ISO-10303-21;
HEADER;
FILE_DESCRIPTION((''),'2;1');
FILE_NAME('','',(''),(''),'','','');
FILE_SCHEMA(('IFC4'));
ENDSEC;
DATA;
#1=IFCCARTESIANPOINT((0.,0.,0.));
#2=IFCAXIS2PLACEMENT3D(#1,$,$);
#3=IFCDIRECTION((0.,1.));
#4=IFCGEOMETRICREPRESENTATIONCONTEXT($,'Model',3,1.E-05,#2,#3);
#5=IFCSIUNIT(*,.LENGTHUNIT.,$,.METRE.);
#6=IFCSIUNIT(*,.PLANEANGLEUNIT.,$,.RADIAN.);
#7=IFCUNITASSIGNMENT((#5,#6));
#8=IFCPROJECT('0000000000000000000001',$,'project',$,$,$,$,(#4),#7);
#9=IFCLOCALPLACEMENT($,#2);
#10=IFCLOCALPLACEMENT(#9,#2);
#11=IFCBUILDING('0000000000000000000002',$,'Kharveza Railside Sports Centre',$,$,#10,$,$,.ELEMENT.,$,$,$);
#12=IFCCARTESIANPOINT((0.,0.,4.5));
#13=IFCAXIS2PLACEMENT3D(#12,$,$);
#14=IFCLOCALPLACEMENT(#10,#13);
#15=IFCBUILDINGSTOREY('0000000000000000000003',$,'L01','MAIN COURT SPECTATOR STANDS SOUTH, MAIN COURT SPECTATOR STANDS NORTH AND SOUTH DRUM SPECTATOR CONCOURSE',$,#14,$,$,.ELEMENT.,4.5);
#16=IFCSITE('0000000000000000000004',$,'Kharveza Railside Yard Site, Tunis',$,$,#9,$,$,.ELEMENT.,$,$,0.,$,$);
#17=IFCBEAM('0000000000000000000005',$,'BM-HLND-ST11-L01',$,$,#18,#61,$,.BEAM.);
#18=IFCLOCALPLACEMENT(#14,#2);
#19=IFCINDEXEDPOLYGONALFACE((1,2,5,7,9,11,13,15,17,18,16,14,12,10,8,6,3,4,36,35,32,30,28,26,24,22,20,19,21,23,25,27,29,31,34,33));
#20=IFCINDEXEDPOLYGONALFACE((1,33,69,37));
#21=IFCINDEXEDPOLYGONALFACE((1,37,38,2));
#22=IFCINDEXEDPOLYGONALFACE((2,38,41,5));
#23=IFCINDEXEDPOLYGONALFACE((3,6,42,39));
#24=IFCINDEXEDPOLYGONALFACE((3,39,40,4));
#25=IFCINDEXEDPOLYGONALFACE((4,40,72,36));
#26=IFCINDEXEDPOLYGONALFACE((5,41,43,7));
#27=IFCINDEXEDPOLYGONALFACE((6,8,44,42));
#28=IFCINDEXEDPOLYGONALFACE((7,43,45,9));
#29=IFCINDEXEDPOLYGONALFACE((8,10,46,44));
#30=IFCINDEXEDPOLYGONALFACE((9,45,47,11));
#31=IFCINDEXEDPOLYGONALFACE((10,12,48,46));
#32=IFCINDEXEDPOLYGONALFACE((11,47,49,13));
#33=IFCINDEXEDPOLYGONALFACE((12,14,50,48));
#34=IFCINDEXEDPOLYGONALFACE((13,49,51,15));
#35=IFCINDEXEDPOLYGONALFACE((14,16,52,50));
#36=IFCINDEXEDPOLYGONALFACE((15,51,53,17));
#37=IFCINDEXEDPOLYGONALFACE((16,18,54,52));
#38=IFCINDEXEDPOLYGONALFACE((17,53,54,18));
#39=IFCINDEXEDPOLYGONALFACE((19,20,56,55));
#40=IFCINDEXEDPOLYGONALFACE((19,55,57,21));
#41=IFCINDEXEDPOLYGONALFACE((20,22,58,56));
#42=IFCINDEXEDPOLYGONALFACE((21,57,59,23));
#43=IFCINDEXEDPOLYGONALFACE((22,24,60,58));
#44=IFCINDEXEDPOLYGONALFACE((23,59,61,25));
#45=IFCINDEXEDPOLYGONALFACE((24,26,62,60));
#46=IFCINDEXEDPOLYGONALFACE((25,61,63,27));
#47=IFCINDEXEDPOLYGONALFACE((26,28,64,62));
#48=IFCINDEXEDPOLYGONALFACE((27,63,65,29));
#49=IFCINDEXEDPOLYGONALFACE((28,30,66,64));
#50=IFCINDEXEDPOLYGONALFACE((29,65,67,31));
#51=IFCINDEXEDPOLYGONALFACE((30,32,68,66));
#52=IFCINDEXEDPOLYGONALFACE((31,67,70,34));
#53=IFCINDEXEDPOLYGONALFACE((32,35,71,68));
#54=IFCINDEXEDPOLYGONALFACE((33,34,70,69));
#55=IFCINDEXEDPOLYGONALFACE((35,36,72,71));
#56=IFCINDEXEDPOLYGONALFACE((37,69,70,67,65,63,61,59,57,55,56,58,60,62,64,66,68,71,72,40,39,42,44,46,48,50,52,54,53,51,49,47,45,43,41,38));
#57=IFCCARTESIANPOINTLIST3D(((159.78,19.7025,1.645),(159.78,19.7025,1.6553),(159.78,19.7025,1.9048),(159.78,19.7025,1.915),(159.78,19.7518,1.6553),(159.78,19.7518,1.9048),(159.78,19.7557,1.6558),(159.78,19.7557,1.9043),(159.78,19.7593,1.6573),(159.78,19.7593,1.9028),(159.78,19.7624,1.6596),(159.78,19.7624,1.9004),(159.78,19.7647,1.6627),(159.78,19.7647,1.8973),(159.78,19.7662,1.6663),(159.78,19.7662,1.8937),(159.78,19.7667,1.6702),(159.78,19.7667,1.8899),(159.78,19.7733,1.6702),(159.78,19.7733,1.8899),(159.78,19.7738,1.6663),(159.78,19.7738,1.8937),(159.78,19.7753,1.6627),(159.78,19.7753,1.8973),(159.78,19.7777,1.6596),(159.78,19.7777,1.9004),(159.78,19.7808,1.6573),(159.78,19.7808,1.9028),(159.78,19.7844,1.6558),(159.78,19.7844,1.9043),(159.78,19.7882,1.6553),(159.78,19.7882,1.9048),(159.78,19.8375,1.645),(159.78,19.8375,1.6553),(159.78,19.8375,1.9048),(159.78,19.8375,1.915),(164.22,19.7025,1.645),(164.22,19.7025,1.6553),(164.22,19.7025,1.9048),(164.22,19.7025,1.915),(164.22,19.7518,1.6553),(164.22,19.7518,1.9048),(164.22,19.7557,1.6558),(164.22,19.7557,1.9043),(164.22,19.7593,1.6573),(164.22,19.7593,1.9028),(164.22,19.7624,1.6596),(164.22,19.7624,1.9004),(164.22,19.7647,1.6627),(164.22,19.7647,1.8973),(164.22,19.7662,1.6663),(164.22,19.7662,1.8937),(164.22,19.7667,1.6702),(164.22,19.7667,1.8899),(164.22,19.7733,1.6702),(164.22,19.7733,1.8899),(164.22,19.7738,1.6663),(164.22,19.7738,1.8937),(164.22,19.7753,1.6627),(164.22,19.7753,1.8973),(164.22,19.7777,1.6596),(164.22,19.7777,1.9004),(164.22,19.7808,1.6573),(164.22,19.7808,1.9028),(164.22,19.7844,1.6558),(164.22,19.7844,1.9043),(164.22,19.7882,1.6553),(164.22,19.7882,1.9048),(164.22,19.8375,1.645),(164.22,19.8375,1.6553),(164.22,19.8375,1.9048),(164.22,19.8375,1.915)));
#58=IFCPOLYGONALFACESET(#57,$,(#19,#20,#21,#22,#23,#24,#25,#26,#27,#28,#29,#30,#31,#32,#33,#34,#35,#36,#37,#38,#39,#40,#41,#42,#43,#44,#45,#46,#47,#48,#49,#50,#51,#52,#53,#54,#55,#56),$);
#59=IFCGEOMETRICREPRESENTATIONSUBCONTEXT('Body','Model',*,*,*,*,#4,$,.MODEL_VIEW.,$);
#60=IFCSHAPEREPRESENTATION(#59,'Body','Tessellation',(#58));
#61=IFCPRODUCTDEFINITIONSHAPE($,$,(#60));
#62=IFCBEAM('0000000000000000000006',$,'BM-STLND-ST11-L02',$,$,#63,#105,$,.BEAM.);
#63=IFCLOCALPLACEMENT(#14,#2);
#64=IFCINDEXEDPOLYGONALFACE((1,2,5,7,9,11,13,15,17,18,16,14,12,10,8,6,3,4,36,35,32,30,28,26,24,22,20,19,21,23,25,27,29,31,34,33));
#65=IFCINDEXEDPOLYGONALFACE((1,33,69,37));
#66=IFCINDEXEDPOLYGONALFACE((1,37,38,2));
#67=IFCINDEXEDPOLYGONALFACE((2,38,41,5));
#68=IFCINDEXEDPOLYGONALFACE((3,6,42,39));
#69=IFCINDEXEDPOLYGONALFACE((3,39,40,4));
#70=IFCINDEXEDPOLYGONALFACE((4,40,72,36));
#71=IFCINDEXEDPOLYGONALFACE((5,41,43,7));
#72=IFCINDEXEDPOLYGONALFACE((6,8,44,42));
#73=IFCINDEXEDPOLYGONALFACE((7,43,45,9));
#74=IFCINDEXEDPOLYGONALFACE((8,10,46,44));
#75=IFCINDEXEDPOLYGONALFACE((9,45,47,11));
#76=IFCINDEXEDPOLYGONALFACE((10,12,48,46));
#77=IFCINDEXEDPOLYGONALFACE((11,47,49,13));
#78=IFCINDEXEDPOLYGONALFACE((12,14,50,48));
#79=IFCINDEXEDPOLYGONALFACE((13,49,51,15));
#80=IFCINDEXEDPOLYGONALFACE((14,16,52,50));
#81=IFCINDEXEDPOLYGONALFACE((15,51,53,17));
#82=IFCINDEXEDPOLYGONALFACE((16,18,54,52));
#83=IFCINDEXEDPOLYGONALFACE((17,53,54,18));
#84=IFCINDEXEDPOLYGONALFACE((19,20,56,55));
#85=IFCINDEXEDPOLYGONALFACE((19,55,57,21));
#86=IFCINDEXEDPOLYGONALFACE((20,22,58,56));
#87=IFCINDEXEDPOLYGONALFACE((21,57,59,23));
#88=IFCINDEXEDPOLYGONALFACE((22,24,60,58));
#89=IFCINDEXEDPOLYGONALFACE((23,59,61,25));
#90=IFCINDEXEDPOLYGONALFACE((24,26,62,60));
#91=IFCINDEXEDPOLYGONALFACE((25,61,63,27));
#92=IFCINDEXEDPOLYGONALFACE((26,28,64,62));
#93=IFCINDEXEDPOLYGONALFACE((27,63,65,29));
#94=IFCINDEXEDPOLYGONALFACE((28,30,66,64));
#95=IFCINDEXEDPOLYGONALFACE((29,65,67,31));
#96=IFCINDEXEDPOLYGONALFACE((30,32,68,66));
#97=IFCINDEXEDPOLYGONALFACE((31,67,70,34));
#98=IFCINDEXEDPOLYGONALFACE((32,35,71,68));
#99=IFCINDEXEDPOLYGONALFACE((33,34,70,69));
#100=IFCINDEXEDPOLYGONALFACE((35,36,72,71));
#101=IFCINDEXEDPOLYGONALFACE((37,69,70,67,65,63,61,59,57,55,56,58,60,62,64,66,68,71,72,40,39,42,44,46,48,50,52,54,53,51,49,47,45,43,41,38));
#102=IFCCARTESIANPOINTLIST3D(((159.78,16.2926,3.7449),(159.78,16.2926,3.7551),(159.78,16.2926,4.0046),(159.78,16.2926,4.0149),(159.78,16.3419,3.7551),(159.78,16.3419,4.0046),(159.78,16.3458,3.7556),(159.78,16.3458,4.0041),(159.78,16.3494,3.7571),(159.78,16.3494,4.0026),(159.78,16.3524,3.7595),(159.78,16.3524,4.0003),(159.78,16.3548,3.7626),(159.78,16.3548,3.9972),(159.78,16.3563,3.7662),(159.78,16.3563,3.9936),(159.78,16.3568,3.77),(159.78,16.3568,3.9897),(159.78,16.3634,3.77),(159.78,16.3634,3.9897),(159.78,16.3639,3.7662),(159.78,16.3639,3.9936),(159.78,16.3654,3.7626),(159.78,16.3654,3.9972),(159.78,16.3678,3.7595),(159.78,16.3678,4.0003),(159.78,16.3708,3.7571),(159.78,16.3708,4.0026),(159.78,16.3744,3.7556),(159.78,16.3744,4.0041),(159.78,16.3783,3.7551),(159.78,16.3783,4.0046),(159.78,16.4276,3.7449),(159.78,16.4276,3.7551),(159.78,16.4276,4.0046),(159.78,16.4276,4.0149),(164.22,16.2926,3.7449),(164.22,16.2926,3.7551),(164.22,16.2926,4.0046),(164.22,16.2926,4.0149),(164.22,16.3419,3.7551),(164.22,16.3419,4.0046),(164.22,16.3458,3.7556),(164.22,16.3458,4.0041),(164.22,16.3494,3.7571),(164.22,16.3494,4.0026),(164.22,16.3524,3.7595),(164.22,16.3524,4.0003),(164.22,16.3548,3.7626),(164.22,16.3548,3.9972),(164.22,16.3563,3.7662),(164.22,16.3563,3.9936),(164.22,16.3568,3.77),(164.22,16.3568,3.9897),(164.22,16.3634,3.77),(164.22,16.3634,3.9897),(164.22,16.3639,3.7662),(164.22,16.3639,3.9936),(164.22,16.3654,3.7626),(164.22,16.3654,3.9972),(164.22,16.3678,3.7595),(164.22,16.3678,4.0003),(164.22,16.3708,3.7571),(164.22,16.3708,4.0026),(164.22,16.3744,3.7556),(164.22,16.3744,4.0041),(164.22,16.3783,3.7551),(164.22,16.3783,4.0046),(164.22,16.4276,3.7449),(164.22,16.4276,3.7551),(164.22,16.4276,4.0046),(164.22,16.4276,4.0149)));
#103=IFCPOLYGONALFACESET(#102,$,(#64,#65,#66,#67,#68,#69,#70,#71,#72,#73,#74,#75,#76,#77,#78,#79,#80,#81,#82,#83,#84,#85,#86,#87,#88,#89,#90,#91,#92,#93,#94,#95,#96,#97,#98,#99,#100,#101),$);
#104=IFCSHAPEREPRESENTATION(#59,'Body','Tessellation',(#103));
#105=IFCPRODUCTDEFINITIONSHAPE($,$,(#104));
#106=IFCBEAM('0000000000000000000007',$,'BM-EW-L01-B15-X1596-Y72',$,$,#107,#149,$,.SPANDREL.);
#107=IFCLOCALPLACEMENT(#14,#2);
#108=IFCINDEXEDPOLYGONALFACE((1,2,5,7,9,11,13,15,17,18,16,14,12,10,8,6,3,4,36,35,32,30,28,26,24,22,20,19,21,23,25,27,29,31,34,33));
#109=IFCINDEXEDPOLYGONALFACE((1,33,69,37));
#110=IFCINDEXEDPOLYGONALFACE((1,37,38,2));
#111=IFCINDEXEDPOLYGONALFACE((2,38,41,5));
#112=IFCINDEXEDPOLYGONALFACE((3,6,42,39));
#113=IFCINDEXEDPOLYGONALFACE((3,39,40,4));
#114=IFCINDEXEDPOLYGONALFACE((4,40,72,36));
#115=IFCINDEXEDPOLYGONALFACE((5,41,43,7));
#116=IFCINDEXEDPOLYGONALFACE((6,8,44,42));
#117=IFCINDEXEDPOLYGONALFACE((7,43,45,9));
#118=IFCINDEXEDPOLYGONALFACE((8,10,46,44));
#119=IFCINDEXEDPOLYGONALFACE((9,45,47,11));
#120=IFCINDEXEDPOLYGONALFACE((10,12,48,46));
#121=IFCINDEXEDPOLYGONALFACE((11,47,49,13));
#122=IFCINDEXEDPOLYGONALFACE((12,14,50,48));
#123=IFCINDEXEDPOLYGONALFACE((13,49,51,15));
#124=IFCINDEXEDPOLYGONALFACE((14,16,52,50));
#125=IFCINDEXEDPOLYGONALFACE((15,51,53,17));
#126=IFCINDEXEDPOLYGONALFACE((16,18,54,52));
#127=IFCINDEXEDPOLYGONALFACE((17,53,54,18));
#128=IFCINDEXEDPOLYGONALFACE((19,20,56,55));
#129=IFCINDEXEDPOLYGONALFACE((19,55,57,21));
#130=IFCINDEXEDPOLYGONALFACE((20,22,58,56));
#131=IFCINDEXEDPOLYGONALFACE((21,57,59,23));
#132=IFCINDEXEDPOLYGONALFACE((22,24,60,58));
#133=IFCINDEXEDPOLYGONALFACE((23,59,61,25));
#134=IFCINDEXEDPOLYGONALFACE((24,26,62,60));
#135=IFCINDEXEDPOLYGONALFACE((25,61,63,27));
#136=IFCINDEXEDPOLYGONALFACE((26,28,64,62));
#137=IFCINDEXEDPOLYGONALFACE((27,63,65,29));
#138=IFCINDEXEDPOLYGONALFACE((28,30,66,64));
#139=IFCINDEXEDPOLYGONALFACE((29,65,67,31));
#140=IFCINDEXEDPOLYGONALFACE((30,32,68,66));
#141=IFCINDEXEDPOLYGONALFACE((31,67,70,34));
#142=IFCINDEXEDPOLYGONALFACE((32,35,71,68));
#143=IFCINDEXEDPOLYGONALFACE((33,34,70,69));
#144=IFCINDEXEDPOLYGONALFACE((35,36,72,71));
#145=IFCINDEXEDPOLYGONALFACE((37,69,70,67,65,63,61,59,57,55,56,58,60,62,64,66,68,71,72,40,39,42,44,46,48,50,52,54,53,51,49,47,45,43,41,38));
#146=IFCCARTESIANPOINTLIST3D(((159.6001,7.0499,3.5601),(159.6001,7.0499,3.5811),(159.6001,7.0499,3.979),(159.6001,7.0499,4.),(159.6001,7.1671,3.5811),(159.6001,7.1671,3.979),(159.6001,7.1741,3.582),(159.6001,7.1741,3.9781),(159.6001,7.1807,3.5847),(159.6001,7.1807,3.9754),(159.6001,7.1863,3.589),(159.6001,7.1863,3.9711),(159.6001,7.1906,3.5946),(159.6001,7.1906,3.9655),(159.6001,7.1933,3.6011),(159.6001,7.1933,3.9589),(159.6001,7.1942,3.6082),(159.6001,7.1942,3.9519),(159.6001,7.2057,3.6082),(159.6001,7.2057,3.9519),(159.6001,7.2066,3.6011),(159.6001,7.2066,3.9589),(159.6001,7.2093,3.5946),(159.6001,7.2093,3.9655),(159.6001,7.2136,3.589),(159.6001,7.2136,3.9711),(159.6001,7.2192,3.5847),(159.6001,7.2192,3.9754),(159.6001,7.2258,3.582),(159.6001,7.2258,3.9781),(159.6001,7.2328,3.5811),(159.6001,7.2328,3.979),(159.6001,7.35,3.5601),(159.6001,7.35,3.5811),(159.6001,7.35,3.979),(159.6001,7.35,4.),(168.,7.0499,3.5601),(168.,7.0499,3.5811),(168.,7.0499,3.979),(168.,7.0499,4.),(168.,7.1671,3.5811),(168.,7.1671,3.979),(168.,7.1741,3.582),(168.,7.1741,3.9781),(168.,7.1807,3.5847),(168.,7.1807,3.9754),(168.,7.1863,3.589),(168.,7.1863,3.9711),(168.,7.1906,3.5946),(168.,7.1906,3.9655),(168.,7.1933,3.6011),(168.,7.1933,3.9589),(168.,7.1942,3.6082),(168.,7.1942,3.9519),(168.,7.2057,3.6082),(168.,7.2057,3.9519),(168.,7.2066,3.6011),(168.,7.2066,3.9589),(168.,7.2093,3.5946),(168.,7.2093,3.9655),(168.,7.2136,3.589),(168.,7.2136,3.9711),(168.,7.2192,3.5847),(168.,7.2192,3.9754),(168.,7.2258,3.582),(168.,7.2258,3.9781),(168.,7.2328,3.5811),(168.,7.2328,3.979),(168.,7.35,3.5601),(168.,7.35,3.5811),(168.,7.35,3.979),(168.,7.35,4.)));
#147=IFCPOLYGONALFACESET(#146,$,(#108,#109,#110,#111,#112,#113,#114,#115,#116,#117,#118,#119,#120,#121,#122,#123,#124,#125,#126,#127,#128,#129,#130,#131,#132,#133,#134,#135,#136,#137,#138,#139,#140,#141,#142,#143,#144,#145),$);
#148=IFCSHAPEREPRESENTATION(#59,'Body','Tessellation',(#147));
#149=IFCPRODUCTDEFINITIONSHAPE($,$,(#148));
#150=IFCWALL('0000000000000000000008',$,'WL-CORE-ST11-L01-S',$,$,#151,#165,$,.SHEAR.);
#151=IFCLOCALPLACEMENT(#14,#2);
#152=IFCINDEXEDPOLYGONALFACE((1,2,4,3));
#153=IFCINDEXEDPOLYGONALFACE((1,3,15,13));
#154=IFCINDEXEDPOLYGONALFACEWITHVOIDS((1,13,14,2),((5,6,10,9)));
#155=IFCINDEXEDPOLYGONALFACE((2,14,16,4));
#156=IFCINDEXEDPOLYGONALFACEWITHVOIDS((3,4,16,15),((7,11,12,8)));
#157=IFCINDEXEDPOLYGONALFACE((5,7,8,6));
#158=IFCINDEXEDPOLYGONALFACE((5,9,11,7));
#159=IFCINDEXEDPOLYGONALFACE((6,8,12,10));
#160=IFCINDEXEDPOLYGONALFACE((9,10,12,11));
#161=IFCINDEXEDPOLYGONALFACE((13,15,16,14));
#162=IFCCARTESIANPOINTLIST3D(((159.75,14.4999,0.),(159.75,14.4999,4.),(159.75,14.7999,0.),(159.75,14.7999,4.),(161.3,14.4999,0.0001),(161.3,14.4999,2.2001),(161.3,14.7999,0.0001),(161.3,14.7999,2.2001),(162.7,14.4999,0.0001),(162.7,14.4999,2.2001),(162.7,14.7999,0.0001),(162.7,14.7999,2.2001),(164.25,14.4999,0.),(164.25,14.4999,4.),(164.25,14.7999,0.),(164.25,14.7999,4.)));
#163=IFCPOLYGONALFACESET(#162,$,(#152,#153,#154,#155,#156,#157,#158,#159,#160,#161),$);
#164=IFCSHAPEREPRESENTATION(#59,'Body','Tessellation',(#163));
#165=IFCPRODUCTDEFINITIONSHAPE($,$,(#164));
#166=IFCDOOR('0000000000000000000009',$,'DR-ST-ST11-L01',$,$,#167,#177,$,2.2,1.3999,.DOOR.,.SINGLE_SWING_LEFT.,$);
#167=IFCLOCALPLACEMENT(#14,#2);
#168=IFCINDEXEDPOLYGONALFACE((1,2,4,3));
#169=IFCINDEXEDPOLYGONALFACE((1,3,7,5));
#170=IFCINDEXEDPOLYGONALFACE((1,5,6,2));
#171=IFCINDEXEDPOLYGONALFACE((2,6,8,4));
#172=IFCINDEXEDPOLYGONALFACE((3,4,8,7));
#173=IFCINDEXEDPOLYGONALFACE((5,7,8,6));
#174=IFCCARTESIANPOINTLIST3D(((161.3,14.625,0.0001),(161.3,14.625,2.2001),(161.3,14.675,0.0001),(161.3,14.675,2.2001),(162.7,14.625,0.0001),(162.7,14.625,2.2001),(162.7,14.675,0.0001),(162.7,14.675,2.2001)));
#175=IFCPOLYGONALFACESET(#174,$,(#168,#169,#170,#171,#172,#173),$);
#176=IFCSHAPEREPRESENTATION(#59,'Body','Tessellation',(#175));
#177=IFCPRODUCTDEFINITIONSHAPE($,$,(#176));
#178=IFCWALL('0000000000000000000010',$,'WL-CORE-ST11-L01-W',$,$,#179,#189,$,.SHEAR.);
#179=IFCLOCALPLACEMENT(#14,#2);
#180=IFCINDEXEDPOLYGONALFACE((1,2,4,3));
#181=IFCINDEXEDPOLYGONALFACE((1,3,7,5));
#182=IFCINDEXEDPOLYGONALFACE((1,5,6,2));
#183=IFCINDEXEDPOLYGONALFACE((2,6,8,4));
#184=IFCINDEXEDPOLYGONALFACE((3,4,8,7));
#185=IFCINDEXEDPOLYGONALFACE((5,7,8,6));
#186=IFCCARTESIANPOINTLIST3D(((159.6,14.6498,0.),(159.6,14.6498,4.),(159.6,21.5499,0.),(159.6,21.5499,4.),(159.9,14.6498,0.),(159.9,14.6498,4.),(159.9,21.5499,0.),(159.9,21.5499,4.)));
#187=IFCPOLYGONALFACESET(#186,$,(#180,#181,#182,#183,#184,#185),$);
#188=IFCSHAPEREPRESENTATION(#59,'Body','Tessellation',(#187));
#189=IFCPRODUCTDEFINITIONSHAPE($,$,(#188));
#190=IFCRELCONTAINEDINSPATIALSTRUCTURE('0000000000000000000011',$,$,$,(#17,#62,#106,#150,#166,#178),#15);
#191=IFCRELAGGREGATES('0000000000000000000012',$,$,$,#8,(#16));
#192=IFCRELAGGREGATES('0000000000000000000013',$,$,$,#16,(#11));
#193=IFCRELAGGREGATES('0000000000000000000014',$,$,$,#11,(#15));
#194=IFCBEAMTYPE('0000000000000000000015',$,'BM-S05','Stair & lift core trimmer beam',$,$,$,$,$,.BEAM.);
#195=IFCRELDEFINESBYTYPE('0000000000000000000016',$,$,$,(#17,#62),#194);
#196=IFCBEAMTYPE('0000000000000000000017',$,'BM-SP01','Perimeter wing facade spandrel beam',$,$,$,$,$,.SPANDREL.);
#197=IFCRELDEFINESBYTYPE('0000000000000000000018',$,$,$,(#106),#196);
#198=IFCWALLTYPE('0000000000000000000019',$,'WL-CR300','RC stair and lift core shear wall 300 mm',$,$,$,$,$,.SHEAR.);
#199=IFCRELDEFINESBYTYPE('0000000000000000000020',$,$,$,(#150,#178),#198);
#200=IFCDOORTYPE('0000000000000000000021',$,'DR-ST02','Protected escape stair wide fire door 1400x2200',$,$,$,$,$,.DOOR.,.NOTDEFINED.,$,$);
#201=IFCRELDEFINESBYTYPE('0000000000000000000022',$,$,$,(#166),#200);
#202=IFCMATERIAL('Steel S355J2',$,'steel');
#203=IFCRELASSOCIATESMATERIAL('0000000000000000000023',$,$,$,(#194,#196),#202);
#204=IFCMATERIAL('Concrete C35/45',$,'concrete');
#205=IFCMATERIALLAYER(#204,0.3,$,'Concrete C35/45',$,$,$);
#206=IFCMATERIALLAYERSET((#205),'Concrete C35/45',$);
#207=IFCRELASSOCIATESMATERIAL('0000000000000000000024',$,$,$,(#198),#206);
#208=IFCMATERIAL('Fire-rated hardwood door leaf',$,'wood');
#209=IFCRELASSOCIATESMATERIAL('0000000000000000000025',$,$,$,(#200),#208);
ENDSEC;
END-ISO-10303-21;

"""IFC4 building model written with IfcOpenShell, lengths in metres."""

from ifc_helpers import new_model, si_unit, direction, frame, frame_2d, origin, origin_2d, place, context, subcontext, project, spatial, rectangle, i_section, extrude, material, layer, layer_set, material_profile, profile_set, type_object, element, fill, save


model = new_model("IFC4")

# Units and contexts
model_context = context("Model", 3, precision=1e-05, world=origin(), true_north=direction((0.0, 1.0)))
body_context = subcontext(model_context, "Body", "Model", "MODEL_VIEW")
ifc_project = project(units=[si_unit("LENGTHUNIT", "METRE"), si_unit("PLANEANGLEUNIT", "RADIAN")], contexts=[model_context])

# Site, building, storey
site_placement = place(None, origin())
site = spatial("IfcSite", under=ifc_project, at=site_placement, Name="Kharveza Railside Yard Site, Tunis", CompositionType="ELEMENT", RefElevation=0.0)
building_placement = place(site_placement, origin())
building = spatial("IfcBuilding", under=site, at=building_placement, Name="Kharveza Railside Sports Centre", CompositionType="ELEMENT")
storey_placement = place(building_placement, frame((0.0, 0.0, 4.5)))
storey = spatial("IfcBuildingStorey", under=building, at=storey_placement, Name="L01", Description="MAIN COURT SPECTATOR STANDS SOUTH, MAIN COURT SPECTATOR STANDS NORTH AND SOUTH DRUM SPECTATOR CONCOURSE", CompositionType="ELEMENT", Elevation=4.5)

# Shared definitions
ifc_material_1 = material(Name="Steel S355J2", Category="steel")

# Beams
ifc_material_profile_1 = material_profile(ifc_material_1, i_section(OverallWidth=0.135, OverallDepth=0.27, WebThickness=0.0066, FlangeThickness=0.0103, FilletRadius=0.0149, at=origin_2d()), Name="IPE 270")
ifc_profile_set_1 = profile_set([ifc_material_profile_1], Name="Steel S355J2")
beam_type_1 = type_object("IfcBeamType", Name="BM-S05", Description="Stair & lift core trimmer beam", PredefinedType="BEAM", material=ifc_profile_set_1)
for number, where, z_axis, x_axis, name in (
    (1, (159.78, 19.77, 1.78), (1.0, 0.0, 0.0), (0.0, 1.0, 0.0), "BM-HLND-ST11-L01"),
    (2, (159.78, 16.3601, 3.8799), (1.0, 0.0, 0.0), (0.0, 1.0, 0.0), "BM-STLND-ST11-L02"),
):
    element("IfcBeam", number, at=place(storey_placement, frame(where, z_axis=z_axis, x_axis=x_axis)), inside=storey, type_object=beam_type_1, Name=name, PredefinedType="BEAM", context=body_context, shape_type="SweptSolid", body=[
        extrude(i_section(OverallWidth=0.135, OverallDepth=0.27, WebThickness=0.0066, FlangeThickness=0.0103, FilletRadius=0.0149, at=origin_2d()), origin(), (0.0, 0.0, 1.0), 4.4399),
    ])
ifc_material_profile_2 = material_profile(ifc_material_1, i_section(OverallWidth=0.3, OverallDepth=0.4399, WebThickness=0.0115, FlangeThickness=0.021, FilletRadius=0.0271, at=origin_2d()), Name="HEA 450")
ifc_profile_set_2 = profile_set([ifc_material_profile_2], Name="Steel S355J2")
beam_type_2 = type_object("IfcBeamType", Name="BM-SP01", Description="Perimeter wing facade spandrel beam", PredefinedType="SPANDREL", material=ifc_profile_set_2)
beam_1_placement = place(storey_placement, frame((159.6001, 7.2, 3.78), z_axis=(1.0, 0.0, 0.0), x_axis=(0.0, 1.0, 0.0)))
element("IfcBeam", 3, at=beam_1_placement, inside=storey, type_object=beam_type_2, Name="BM-EW-L01-B15-X1596-Y72", PredefinedType="SPANDREL", context=body_context, shape_type="SweptSolid", body=[
    extrude(i_section(OverallWidth=0.3, OverallDepth=0.4399, WebThickness=0.0115, FlangeThickness=0.021, FilletRadius=0.0271, at=origin_2d()), origin(), (0.0, 0.0, 1.0), 8.3999),
])

# Wall, opening, door
ifc_material_2 = material(Name="Concrete C35/45", Category="concrete")
ifc_layer_1 = layer(ifc_material_2, 0.3, Name="Concrete C35/45")
ifc_layer_set_1 = layer_set([ifc_layer_1], Name="Concrete C35/45")
wall_type_1 = type_object("IfcWallType", Name="WL-CR300", Description="RC stair and lift core shear wall 300 mm", PredefinedType="SHEAR", material=ifc_layer_set_1)
wall_1_placement = place(storey_placement, frame((159.75, 14.6499, 0.0), z_axis=(0.0, 0.0, 1.0), x_axis=(1.0, 0.0, 0.0)))
wall_1 = element("IfcWall", 4, at=wall_1_placement, inside=storey, type_object=wall_type_1, Name="WL-CORE-ST11-L01-S", PredefinedType="SHEAR", context=body_context, shape_type="SweptSolid", body=[
    extrude(rectangle(XDim=4.5, YDim=0.3, at=frame_2d((2.25, 0.0))), origin(), (0.0, 0.0, 1.0), 4.0),
])
opening_1_placement = place(wall_1_placement, frame((1.55, 0.0, 0.0)))
opening_1 = element("IfcOpeningElement", 5, at=opening_1_placement, cuts=wall_1, PredefinedType="OPENING", context=body_context, shape_type="SweptSolid", body=[
    extrude(rectangle(XDim=1.3999, YDim=2.2, at=frame_2d((0.7, 1.1001))), frame((0.0, 0.1748, 0.0), z_axis=(0.0, -1.0, 0.0), x_axis=(1.0, 0.0, 0.0)), (0.0, 0.0, 1.0), 0.3499),
])
ifc_material_3 = material(Name="Fire-rated hardwood door leaf", Category="wood")
door_type_1 = type_object("IfcDoorType", Name="DR-ST02", Description="Protected escape stair wide fire door 1400x2200", OperationType="NOTDEFINED", PredefinedType="DOOR", material=ifc_material_3)
door_1_placement = place(opening_1_placement, frame((1.3999, 0.0, 0.0), z_axis=(0.0, 0.0, 1.0), x_axis=(-1.0, 0.0, 0.0)))
door_1 = element("IfcDoor", 6, at=door_1_placement, inside=storey, type_object=door_type_1, Name="DR-ST-ST11-L01", OperationType="SINGLE_SWING_LEFT", OverallHeight=2.2, OverallWidth=1.3999, PredefinedType="DOOR", context=body_context, shape_type="SweptSolid", body=[
    extrude(rectangle(XDim=1.3999, YDim=2.2, at=frame_2d((0.7, 1.1001))), frame((0.0, 0.0249, 0.0), z_axis=(0.0, -1.0, 0.0), x_axis=(1.0, 0.0, 0.0)), (0.0, 0.0, 1.0), 0.05),
])
fill(opening_1, door_1)

# Wall
wall_2_placement = place(storey_placement, frame((159.75, 21.55, 0.0), z_axis=(0.0, 0.0, 1.0), x_axis=(0.0, -1.0, 0.0)))
element("IfcWall", 7, at=wall_2_placement, inside=storey, type_object=wall_type_1, Name="WL-CORE-ST11-L01-W", PredefinedType="SHEAR", context=body_context, shape_type="SweptSolid", body=[
    extrude(rectangle(XDim=6.9001, YDim=0.3, at=frame_2d((3.4502, 0.0))), origin(), (0.0, 0.0, 1.0), 4.0),
])

save(model, "model.ifc")
